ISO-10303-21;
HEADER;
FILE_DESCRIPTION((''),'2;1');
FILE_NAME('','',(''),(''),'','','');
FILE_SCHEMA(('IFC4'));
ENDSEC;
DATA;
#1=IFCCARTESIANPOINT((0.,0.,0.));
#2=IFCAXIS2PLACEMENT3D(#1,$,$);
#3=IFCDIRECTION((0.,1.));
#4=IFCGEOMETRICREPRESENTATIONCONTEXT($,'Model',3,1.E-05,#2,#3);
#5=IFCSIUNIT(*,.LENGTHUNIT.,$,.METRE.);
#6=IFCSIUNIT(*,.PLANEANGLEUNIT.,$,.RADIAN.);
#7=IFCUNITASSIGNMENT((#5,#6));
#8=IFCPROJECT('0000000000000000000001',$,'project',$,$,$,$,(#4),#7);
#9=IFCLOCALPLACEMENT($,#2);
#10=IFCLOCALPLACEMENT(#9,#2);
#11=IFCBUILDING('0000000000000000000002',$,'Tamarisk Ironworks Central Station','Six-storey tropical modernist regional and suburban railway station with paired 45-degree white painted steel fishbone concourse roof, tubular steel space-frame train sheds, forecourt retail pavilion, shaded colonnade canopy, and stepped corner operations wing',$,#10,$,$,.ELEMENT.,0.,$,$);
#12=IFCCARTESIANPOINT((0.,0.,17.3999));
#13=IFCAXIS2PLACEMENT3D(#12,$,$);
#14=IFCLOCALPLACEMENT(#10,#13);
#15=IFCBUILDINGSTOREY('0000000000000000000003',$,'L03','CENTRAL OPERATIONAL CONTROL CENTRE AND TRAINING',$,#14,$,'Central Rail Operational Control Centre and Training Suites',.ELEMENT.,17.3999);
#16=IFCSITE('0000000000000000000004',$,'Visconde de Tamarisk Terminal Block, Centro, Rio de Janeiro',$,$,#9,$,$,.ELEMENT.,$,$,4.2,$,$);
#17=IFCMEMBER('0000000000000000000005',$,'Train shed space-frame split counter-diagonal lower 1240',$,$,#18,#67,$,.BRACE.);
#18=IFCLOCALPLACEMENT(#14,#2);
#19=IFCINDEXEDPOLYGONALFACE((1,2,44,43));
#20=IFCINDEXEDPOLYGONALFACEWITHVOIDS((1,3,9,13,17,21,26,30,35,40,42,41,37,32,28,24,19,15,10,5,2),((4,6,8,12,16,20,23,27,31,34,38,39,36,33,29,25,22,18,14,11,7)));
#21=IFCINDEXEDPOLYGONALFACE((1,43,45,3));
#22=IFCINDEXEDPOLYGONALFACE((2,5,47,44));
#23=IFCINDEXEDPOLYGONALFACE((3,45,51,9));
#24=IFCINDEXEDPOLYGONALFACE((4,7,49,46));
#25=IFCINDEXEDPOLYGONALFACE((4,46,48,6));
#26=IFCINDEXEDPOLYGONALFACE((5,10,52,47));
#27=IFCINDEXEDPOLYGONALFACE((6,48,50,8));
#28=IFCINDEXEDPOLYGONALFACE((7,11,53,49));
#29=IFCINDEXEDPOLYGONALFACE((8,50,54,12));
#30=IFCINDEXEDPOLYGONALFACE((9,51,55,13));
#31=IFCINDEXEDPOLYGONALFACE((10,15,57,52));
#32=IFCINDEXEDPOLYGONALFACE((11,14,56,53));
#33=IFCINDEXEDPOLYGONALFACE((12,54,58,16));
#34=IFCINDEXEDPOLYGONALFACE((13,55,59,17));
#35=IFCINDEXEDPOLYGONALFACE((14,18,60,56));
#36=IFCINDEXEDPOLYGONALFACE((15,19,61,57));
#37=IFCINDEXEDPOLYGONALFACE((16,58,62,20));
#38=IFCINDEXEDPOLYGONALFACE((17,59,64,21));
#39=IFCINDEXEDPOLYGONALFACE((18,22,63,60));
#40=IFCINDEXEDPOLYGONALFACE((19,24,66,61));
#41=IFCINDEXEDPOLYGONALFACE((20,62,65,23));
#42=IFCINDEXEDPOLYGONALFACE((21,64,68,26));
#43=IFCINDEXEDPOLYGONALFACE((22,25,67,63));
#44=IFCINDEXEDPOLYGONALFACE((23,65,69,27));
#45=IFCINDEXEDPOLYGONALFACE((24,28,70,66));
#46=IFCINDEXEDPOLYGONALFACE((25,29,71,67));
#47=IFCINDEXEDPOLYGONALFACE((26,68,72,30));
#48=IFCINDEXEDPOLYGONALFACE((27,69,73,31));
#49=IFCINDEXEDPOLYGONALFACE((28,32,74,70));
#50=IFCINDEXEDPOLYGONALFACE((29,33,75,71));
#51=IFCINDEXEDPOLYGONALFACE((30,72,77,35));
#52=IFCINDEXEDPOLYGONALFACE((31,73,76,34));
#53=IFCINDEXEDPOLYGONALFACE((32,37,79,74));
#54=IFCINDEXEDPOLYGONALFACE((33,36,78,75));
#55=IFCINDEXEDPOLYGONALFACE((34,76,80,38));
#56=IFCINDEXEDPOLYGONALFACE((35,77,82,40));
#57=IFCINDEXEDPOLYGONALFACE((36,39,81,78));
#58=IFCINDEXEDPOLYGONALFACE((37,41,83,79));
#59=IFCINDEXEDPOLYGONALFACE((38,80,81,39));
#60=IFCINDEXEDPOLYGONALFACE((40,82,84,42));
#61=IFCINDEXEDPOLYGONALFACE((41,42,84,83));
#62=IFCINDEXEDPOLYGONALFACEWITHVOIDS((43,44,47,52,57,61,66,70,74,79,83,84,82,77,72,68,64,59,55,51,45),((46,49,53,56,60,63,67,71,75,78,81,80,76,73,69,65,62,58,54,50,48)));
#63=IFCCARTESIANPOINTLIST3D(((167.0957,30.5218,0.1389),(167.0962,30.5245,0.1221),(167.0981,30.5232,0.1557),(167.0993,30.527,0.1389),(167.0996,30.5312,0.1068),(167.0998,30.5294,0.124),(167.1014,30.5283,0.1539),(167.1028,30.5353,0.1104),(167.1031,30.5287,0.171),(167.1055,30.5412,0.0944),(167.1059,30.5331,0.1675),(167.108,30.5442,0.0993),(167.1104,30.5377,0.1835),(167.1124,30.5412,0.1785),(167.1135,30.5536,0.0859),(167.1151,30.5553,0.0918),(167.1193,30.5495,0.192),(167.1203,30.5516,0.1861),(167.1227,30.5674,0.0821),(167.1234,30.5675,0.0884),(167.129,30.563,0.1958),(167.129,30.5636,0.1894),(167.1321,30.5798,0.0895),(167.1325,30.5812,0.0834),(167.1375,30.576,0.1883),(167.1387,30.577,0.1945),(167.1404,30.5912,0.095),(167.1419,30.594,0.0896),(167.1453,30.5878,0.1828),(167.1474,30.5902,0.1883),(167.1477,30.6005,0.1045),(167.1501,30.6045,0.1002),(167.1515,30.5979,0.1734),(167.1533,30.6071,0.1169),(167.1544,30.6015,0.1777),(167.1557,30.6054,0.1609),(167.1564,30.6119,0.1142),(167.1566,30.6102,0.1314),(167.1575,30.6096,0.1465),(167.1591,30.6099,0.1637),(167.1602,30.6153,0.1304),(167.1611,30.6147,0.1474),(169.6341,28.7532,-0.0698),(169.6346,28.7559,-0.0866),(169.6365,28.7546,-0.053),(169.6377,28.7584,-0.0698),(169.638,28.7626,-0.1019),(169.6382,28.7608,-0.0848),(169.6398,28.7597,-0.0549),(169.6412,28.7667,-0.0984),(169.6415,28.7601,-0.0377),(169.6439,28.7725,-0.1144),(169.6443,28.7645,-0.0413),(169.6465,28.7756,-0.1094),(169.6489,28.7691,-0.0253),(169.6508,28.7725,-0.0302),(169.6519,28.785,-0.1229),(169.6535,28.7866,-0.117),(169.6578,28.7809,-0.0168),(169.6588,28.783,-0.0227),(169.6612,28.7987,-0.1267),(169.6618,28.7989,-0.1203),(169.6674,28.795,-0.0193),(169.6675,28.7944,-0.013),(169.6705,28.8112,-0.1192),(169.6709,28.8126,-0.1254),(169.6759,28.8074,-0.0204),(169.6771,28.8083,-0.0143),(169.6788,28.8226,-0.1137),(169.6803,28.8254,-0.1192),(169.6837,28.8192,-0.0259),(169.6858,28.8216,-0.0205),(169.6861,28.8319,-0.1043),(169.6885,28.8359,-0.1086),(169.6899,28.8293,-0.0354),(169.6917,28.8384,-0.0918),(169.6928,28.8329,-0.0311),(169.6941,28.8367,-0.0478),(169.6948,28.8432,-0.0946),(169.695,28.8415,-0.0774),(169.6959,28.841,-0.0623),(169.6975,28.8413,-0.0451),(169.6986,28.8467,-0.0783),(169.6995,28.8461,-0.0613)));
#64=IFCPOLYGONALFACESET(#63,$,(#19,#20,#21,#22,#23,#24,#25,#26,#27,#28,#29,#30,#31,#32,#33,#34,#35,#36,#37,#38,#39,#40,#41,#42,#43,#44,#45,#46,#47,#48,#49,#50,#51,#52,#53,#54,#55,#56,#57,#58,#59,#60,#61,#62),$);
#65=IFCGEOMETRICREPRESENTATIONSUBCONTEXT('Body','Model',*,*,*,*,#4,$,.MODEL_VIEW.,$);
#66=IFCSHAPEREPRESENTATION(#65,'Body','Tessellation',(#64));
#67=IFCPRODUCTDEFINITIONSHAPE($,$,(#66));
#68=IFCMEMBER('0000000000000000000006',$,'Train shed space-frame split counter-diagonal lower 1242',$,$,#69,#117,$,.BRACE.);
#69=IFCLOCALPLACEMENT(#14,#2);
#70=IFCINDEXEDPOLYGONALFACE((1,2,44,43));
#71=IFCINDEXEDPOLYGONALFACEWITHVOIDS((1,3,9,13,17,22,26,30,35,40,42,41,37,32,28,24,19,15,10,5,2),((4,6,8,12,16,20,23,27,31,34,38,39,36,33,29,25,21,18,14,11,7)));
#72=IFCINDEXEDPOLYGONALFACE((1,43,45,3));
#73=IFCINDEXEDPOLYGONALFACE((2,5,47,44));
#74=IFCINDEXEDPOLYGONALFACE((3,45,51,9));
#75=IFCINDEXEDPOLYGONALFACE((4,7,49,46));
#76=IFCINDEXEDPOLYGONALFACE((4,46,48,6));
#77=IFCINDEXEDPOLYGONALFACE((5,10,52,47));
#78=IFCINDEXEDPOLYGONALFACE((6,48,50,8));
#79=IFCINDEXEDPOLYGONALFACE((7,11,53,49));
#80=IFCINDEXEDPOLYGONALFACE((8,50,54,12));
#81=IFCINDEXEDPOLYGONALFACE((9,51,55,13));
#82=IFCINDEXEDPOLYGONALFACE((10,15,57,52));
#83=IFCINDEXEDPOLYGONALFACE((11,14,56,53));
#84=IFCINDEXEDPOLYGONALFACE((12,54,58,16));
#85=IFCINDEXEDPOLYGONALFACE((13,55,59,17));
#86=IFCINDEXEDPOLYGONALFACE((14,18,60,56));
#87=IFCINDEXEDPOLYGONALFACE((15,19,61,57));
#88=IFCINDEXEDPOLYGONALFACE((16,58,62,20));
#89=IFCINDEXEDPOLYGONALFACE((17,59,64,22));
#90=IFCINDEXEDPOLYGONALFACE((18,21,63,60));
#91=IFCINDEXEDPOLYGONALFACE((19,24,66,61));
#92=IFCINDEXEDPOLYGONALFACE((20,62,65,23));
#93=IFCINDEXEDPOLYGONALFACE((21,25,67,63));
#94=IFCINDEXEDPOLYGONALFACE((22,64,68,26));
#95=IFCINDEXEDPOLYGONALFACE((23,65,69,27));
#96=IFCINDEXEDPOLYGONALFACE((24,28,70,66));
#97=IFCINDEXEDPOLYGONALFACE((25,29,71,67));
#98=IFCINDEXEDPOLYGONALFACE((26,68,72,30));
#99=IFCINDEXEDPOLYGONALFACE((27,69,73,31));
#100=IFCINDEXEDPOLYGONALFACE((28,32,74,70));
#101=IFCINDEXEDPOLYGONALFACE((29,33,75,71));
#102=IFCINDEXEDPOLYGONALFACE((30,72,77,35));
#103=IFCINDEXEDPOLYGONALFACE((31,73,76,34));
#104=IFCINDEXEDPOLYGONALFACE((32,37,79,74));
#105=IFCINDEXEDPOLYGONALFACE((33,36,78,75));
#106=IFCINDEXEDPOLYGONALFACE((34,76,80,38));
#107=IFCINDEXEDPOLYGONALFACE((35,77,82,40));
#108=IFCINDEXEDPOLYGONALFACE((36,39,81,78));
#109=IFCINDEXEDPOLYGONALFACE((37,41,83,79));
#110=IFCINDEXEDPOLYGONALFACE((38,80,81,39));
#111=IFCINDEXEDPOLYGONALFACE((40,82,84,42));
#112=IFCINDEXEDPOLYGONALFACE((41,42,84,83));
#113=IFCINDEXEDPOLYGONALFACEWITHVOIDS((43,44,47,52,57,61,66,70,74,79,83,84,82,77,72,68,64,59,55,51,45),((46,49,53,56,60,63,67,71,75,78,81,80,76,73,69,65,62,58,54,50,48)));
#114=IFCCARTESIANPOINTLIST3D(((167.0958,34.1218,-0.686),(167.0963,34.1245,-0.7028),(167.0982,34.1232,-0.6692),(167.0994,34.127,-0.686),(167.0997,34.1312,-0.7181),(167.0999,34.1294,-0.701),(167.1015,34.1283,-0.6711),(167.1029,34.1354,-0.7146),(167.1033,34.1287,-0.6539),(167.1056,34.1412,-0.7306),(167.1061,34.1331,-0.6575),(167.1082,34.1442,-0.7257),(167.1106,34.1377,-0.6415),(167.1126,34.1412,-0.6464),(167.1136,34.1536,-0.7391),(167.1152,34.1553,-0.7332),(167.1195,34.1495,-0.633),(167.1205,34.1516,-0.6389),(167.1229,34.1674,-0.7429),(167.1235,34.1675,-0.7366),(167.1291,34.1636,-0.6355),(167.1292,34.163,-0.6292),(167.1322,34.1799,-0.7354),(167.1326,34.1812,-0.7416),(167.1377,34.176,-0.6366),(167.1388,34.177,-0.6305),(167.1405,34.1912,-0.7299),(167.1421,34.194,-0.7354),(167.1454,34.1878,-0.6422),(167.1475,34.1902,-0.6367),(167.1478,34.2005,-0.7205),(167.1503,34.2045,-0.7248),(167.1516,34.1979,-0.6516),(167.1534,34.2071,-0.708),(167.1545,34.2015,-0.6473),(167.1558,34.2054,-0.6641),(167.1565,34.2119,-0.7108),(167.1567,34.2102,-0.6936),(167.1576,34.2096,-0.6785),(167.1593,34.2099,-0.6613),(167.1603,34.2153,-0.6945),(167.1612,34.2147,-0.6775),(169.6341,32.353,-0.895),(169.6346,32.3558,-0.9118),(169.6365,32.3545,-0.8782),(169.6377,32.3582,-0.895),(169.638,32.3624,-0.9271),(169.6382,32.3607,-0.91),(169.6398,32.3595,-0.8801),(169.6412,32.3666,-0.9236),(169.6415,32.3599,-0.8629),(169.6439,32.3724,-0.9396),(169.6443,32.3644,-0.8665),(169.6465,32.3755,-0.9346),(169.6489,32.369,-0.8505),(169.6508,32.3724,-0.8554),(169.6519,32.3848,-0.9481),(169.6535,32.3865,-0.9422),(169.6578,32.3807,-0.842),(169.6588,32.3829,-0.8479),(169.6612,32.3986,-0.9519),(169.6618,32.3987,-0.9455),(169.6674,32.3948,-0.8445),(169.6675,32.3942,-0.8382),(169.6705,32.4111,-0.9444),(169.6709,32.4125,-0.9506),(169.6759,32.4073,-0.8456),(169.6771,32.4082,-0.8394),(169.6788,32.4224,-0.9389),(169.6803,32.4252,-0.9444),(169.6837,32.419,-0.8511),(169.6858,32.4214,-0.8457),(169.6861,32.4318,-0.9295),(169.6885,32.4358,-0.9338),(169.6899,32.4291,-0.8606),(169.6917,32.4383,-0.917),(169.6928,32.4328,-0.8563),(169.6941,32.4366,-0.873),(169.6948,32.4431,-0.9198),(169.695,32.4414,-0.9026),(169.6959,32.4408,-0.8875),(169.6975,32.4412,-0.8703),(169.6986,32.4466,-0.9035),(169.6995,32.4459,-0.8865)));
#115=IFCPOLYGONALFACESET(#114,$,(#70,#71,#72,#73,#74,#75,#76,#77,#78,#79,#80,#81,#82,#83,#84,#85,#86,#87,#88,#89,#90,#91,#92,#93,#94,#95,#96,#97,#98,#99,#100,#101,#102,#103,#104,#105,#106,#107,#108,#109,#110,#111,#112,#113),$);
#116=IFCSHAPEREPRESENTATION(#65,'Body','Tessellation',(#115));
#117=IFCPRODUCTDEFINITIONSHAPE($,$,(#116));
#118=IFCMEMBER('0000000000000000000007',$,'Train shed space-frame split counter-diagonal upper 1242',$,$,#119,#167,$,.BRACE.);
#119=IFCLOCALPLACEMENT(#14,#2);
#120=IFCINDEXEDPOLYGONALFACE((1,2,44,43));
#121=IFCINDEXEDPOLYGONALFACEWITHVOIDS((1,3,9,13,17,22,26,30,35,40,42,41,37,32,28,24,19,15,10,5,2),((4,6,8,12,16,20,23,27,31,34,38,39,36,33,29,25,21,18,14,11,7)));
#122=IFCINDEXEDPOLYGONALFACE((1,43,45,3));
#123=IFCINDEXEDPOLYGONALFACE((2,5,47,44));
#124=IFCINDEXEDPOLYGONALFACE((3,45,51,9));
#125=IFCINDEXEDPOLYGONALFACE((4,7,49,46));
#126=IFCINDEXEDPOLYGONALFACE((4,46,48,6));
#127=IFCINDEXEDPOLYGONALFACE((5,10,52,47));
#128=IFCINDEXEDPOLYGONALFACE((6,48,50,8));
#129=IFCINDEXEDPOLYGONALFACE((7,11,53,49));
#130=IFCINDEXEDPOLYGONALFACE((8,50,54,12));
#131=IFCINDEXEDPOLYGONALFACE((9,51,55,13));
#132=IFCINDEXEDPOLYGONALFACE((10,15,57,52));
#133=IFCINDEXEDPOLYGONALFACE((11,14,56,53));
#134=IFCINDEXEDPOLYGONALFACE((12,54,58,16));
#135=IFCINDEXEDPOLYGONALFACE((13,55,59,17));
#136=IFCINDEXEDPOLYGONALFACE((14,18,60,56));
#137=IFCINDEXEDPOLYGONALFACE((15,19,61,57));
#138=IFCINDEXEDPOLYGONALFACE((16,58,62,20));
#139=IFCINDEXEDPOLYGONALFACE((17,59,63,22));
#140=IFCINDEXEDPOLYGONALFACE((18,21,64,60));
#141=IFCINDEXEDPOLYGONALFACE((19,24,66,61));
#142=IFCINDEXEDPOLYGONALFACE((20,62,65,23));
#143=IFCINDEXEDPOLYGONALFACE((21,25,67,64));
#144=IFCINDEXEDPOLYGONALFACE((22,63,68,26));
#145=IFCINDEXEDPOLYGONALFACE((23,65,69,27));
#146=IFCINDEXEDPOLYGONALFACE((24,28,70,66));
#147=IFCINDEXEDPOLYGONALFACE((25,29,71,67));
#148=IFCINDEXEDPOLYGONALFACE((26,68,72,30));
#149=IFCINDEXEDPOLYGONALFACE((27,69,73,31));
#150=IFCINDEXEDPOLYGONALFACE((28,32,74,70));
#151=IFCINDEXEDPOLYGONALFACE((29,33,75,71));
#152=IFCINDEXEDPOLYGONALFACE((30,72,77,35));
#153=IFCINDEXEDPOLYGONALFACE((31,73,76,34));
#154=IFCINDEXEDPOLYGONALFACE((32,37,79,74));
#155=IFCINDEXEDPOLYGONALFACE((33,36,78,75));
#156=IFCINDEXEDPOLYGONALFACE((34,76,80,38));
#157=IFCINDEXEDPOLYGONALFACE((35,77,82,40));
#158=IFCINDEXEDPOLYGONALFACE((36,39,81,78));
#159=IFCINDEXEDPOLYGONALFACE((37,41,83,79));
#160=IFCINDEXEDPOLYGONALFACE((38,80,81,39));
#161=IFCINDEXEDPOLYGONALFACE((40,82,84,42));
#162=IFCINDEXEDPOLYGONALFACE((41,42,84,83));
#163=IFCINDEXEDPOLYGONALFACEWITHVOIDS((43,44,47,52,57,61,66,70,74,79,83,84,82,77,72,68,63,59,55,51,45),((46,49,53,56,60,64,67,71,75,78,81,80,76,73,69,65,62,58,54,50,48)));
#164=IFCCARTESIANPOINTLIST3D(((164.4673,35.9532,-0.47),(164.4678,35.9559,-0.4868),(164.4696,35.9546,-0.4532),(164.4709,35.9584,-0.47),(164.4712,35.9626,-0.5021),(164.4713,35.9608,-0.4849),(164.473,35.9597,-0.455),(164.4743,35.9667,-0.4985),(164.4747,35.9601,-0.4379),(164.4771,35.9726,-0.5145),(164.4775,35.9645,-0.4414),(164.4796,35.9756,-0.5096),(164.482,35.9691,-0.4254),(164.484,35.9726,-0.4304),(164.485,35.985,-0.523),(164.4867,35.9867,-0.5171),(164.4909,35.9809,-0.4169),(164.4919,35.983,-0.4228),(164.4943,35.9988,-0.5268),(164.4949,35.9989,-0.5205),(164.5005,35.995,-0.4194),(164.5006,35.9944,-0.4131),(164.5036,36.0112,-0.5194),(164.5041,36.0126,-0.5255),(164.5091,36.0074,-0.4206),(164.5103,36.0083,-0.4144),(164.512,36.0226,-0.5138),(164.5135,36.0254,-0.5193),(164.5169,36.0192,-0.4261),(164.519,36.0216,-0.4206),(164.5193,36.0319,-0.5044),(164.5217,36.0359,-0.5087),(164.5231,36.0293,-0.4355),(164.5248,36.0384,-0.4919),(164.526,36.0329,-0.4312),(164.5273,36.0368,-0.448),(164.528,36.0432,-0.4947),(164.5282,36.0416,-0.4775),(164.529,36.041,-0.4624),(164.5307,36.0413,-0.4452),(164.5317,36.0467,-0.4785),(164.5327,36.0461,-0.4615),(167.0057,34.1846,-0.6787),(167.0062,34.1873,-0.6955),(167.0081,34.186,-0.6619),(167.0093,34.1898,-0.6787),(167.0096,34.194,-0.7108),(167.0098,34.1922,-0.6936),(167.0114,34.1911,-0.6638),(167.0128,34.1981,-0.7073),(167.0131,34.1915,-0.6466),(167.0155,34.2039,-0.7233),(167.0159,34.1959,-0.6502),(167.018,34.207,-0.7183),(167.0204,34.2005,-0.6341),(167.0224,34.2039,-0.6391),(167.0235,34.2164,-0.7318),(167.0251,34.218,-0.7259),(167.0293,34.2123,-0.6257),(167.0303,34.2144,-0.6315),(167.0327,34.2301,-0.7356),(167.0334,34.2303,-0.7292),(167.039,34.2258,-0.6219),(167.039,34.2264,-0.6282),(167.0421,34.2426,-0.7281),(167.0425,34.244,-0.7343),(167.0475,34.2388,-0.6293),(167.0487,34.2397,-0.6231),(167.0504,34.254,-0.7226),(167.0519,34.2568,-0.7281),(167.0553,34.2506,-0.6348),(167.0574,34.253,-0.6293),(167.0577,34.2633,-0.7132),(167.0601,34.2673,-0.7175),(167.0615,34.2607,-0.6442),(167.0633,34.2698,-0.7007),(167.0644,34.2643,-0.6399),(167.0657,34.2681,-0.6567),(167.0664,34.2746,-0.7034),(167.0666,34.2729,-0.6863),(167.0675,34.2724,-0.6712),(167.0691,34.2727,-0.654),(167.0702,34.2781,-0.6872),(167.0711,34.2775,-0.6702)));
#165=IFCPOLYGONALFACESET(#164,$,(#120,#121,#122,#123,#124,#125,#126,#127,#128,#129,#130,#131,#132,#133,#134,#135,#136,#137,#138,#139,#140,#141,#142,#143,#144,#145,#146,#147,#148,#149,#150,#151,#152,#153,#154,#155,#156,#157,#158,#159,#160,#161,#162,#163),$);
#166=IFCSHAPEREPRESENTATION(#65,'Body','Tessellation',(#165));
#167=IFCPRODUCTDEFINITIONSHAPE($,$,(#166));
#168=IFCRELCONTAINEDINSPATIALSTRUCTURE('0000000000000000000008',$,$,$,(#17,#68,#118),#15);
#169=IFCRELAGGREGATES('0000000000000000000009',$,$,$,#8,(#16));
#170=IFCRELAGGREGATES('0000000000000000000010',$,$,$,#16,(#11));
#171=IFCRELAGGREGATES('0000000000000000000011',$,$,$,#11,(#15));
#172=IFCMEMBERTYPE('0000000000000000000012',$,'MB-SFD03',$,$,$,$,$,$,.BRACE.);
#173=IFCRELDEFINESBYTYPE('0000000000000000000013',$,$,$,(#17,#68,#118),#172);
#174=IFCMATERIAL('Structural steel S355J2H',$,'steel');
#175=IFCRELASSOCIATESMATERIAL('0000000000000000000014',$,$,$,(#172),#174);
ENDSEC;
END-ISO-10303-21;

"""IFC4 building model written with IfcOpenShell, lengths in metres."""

from ifc_helpers import new_model, si_unit, direction, frame, origin, origin_2d, place, context, subcontext, project, spatial, hollow_circle, extrude, material, material_profile, profile_set, type_object, element, save


model = new_model("IFC4")

# Units and contexts
model_context = context("Model", 3, precision=1e-05, world=origin(), true_north=direction((0.0, 1.0)))
body_context = subcontext(model_context, "Body", "Model", "MODEL_VIEW")
ifc_project = project(units=[si_unit("LENGTHUNIT", "METRE"), si_unit("PLANEANGLEUNIT", "RADIAN")], contexts=[model_context])

# Site, building, storey
site_placement = place(None, origin())
site = spatial("IfcSite", under=ifc_project, at=site_placement, Name="Visconde de Tamarisk Terminal Block, Centro, Rio de Janeiro", CompositionType="ELEMENT", RefElevation=4.2)
building_placement = place(site_placement, origin())
building = spatial("IfcBuilding", under=site, at=building_placement, Name="Tamarisk Ironworks Central Station", Description="Six-storey tropical modernist regional and suburban railway station with paired 45-degree white painted steel fishbone concourse roof, tubular steel space-frame train sheds, forecourt retail pavilion, shaded colonnade canopy, and stepped corner operations wing", CompositionType="ELEMENT", ElevationOfRefHeight=0.0)
storey_placement = place(building_placement, frame((0.0, 0.0, 17.3999)))
storey = spatial("IfcBuildingStorey", under=building, at=storey_placement, Name="L03", Description="CENTRAL OPERATIONAL CONTROL CENTRE AND TRAINING", LongName="Central Rail Operational Control Centre and Training Suites", CompositionType="ELEMENT", Elevation=17.3999)

# Members
ifc_material = material(Name="Structural steel S355J2H", Category="steel")
ifc_material_profile_1 = material_profile(ifc_material, hollow_circle(Radius=0.0571, WallThickness=0.0063, at=origin_2d()), Name="CHS 114.3x6.3")
ifc_profile_set_1 = profile_set([ifc_material_profile_1], Name="Structural steel S355J2H")
member_type_1 = type_object("IfcMemberType", Name="MB-SFD03", PredefinedType="BRACE", material=ifc_profile_set_1)
for number, where, z_axis, x_axis, name in (
    (1, (169.6667, 28.8, -0.0698), (-0.818625, 0.570369, 0.06732), (-0.571666, -0.820487, 0.0), "Train shed space-frame split counter-diagonal lower 1240"),
    (2, (169.6667, 32.3999, -0.895), (-0.818584, 0.570419, 0.067395), (-0.571719, -0.82045, 0.0), "Train shed space-frame split counter-diagonal lower 1242"),
    (3, (167.0383, 34.2314, -0.6787), (-0.818625, 0.570369, 0.06732), (-0.571666, -0.820487, 0.0), "Train shed space-frame split counter-diagonal upper 1242"),
):
    element("IfcMember", number, at=place(storey_placement, frame(where, z_axis=z_axis, x_axis=x_axis)), inside=storey, type_object=member_type_1, Name=name, PredefinedType="BRACE", context=body_context, shape_type="SweptSolid", body=[
        extrude(hollow_circle(Radius=0.0571, WallThickness=0.0063, at=origin_2d()), origin(), (0.0, 0.0, 1.0), 3.1008),
    ])

save(model, "model.ifc")
